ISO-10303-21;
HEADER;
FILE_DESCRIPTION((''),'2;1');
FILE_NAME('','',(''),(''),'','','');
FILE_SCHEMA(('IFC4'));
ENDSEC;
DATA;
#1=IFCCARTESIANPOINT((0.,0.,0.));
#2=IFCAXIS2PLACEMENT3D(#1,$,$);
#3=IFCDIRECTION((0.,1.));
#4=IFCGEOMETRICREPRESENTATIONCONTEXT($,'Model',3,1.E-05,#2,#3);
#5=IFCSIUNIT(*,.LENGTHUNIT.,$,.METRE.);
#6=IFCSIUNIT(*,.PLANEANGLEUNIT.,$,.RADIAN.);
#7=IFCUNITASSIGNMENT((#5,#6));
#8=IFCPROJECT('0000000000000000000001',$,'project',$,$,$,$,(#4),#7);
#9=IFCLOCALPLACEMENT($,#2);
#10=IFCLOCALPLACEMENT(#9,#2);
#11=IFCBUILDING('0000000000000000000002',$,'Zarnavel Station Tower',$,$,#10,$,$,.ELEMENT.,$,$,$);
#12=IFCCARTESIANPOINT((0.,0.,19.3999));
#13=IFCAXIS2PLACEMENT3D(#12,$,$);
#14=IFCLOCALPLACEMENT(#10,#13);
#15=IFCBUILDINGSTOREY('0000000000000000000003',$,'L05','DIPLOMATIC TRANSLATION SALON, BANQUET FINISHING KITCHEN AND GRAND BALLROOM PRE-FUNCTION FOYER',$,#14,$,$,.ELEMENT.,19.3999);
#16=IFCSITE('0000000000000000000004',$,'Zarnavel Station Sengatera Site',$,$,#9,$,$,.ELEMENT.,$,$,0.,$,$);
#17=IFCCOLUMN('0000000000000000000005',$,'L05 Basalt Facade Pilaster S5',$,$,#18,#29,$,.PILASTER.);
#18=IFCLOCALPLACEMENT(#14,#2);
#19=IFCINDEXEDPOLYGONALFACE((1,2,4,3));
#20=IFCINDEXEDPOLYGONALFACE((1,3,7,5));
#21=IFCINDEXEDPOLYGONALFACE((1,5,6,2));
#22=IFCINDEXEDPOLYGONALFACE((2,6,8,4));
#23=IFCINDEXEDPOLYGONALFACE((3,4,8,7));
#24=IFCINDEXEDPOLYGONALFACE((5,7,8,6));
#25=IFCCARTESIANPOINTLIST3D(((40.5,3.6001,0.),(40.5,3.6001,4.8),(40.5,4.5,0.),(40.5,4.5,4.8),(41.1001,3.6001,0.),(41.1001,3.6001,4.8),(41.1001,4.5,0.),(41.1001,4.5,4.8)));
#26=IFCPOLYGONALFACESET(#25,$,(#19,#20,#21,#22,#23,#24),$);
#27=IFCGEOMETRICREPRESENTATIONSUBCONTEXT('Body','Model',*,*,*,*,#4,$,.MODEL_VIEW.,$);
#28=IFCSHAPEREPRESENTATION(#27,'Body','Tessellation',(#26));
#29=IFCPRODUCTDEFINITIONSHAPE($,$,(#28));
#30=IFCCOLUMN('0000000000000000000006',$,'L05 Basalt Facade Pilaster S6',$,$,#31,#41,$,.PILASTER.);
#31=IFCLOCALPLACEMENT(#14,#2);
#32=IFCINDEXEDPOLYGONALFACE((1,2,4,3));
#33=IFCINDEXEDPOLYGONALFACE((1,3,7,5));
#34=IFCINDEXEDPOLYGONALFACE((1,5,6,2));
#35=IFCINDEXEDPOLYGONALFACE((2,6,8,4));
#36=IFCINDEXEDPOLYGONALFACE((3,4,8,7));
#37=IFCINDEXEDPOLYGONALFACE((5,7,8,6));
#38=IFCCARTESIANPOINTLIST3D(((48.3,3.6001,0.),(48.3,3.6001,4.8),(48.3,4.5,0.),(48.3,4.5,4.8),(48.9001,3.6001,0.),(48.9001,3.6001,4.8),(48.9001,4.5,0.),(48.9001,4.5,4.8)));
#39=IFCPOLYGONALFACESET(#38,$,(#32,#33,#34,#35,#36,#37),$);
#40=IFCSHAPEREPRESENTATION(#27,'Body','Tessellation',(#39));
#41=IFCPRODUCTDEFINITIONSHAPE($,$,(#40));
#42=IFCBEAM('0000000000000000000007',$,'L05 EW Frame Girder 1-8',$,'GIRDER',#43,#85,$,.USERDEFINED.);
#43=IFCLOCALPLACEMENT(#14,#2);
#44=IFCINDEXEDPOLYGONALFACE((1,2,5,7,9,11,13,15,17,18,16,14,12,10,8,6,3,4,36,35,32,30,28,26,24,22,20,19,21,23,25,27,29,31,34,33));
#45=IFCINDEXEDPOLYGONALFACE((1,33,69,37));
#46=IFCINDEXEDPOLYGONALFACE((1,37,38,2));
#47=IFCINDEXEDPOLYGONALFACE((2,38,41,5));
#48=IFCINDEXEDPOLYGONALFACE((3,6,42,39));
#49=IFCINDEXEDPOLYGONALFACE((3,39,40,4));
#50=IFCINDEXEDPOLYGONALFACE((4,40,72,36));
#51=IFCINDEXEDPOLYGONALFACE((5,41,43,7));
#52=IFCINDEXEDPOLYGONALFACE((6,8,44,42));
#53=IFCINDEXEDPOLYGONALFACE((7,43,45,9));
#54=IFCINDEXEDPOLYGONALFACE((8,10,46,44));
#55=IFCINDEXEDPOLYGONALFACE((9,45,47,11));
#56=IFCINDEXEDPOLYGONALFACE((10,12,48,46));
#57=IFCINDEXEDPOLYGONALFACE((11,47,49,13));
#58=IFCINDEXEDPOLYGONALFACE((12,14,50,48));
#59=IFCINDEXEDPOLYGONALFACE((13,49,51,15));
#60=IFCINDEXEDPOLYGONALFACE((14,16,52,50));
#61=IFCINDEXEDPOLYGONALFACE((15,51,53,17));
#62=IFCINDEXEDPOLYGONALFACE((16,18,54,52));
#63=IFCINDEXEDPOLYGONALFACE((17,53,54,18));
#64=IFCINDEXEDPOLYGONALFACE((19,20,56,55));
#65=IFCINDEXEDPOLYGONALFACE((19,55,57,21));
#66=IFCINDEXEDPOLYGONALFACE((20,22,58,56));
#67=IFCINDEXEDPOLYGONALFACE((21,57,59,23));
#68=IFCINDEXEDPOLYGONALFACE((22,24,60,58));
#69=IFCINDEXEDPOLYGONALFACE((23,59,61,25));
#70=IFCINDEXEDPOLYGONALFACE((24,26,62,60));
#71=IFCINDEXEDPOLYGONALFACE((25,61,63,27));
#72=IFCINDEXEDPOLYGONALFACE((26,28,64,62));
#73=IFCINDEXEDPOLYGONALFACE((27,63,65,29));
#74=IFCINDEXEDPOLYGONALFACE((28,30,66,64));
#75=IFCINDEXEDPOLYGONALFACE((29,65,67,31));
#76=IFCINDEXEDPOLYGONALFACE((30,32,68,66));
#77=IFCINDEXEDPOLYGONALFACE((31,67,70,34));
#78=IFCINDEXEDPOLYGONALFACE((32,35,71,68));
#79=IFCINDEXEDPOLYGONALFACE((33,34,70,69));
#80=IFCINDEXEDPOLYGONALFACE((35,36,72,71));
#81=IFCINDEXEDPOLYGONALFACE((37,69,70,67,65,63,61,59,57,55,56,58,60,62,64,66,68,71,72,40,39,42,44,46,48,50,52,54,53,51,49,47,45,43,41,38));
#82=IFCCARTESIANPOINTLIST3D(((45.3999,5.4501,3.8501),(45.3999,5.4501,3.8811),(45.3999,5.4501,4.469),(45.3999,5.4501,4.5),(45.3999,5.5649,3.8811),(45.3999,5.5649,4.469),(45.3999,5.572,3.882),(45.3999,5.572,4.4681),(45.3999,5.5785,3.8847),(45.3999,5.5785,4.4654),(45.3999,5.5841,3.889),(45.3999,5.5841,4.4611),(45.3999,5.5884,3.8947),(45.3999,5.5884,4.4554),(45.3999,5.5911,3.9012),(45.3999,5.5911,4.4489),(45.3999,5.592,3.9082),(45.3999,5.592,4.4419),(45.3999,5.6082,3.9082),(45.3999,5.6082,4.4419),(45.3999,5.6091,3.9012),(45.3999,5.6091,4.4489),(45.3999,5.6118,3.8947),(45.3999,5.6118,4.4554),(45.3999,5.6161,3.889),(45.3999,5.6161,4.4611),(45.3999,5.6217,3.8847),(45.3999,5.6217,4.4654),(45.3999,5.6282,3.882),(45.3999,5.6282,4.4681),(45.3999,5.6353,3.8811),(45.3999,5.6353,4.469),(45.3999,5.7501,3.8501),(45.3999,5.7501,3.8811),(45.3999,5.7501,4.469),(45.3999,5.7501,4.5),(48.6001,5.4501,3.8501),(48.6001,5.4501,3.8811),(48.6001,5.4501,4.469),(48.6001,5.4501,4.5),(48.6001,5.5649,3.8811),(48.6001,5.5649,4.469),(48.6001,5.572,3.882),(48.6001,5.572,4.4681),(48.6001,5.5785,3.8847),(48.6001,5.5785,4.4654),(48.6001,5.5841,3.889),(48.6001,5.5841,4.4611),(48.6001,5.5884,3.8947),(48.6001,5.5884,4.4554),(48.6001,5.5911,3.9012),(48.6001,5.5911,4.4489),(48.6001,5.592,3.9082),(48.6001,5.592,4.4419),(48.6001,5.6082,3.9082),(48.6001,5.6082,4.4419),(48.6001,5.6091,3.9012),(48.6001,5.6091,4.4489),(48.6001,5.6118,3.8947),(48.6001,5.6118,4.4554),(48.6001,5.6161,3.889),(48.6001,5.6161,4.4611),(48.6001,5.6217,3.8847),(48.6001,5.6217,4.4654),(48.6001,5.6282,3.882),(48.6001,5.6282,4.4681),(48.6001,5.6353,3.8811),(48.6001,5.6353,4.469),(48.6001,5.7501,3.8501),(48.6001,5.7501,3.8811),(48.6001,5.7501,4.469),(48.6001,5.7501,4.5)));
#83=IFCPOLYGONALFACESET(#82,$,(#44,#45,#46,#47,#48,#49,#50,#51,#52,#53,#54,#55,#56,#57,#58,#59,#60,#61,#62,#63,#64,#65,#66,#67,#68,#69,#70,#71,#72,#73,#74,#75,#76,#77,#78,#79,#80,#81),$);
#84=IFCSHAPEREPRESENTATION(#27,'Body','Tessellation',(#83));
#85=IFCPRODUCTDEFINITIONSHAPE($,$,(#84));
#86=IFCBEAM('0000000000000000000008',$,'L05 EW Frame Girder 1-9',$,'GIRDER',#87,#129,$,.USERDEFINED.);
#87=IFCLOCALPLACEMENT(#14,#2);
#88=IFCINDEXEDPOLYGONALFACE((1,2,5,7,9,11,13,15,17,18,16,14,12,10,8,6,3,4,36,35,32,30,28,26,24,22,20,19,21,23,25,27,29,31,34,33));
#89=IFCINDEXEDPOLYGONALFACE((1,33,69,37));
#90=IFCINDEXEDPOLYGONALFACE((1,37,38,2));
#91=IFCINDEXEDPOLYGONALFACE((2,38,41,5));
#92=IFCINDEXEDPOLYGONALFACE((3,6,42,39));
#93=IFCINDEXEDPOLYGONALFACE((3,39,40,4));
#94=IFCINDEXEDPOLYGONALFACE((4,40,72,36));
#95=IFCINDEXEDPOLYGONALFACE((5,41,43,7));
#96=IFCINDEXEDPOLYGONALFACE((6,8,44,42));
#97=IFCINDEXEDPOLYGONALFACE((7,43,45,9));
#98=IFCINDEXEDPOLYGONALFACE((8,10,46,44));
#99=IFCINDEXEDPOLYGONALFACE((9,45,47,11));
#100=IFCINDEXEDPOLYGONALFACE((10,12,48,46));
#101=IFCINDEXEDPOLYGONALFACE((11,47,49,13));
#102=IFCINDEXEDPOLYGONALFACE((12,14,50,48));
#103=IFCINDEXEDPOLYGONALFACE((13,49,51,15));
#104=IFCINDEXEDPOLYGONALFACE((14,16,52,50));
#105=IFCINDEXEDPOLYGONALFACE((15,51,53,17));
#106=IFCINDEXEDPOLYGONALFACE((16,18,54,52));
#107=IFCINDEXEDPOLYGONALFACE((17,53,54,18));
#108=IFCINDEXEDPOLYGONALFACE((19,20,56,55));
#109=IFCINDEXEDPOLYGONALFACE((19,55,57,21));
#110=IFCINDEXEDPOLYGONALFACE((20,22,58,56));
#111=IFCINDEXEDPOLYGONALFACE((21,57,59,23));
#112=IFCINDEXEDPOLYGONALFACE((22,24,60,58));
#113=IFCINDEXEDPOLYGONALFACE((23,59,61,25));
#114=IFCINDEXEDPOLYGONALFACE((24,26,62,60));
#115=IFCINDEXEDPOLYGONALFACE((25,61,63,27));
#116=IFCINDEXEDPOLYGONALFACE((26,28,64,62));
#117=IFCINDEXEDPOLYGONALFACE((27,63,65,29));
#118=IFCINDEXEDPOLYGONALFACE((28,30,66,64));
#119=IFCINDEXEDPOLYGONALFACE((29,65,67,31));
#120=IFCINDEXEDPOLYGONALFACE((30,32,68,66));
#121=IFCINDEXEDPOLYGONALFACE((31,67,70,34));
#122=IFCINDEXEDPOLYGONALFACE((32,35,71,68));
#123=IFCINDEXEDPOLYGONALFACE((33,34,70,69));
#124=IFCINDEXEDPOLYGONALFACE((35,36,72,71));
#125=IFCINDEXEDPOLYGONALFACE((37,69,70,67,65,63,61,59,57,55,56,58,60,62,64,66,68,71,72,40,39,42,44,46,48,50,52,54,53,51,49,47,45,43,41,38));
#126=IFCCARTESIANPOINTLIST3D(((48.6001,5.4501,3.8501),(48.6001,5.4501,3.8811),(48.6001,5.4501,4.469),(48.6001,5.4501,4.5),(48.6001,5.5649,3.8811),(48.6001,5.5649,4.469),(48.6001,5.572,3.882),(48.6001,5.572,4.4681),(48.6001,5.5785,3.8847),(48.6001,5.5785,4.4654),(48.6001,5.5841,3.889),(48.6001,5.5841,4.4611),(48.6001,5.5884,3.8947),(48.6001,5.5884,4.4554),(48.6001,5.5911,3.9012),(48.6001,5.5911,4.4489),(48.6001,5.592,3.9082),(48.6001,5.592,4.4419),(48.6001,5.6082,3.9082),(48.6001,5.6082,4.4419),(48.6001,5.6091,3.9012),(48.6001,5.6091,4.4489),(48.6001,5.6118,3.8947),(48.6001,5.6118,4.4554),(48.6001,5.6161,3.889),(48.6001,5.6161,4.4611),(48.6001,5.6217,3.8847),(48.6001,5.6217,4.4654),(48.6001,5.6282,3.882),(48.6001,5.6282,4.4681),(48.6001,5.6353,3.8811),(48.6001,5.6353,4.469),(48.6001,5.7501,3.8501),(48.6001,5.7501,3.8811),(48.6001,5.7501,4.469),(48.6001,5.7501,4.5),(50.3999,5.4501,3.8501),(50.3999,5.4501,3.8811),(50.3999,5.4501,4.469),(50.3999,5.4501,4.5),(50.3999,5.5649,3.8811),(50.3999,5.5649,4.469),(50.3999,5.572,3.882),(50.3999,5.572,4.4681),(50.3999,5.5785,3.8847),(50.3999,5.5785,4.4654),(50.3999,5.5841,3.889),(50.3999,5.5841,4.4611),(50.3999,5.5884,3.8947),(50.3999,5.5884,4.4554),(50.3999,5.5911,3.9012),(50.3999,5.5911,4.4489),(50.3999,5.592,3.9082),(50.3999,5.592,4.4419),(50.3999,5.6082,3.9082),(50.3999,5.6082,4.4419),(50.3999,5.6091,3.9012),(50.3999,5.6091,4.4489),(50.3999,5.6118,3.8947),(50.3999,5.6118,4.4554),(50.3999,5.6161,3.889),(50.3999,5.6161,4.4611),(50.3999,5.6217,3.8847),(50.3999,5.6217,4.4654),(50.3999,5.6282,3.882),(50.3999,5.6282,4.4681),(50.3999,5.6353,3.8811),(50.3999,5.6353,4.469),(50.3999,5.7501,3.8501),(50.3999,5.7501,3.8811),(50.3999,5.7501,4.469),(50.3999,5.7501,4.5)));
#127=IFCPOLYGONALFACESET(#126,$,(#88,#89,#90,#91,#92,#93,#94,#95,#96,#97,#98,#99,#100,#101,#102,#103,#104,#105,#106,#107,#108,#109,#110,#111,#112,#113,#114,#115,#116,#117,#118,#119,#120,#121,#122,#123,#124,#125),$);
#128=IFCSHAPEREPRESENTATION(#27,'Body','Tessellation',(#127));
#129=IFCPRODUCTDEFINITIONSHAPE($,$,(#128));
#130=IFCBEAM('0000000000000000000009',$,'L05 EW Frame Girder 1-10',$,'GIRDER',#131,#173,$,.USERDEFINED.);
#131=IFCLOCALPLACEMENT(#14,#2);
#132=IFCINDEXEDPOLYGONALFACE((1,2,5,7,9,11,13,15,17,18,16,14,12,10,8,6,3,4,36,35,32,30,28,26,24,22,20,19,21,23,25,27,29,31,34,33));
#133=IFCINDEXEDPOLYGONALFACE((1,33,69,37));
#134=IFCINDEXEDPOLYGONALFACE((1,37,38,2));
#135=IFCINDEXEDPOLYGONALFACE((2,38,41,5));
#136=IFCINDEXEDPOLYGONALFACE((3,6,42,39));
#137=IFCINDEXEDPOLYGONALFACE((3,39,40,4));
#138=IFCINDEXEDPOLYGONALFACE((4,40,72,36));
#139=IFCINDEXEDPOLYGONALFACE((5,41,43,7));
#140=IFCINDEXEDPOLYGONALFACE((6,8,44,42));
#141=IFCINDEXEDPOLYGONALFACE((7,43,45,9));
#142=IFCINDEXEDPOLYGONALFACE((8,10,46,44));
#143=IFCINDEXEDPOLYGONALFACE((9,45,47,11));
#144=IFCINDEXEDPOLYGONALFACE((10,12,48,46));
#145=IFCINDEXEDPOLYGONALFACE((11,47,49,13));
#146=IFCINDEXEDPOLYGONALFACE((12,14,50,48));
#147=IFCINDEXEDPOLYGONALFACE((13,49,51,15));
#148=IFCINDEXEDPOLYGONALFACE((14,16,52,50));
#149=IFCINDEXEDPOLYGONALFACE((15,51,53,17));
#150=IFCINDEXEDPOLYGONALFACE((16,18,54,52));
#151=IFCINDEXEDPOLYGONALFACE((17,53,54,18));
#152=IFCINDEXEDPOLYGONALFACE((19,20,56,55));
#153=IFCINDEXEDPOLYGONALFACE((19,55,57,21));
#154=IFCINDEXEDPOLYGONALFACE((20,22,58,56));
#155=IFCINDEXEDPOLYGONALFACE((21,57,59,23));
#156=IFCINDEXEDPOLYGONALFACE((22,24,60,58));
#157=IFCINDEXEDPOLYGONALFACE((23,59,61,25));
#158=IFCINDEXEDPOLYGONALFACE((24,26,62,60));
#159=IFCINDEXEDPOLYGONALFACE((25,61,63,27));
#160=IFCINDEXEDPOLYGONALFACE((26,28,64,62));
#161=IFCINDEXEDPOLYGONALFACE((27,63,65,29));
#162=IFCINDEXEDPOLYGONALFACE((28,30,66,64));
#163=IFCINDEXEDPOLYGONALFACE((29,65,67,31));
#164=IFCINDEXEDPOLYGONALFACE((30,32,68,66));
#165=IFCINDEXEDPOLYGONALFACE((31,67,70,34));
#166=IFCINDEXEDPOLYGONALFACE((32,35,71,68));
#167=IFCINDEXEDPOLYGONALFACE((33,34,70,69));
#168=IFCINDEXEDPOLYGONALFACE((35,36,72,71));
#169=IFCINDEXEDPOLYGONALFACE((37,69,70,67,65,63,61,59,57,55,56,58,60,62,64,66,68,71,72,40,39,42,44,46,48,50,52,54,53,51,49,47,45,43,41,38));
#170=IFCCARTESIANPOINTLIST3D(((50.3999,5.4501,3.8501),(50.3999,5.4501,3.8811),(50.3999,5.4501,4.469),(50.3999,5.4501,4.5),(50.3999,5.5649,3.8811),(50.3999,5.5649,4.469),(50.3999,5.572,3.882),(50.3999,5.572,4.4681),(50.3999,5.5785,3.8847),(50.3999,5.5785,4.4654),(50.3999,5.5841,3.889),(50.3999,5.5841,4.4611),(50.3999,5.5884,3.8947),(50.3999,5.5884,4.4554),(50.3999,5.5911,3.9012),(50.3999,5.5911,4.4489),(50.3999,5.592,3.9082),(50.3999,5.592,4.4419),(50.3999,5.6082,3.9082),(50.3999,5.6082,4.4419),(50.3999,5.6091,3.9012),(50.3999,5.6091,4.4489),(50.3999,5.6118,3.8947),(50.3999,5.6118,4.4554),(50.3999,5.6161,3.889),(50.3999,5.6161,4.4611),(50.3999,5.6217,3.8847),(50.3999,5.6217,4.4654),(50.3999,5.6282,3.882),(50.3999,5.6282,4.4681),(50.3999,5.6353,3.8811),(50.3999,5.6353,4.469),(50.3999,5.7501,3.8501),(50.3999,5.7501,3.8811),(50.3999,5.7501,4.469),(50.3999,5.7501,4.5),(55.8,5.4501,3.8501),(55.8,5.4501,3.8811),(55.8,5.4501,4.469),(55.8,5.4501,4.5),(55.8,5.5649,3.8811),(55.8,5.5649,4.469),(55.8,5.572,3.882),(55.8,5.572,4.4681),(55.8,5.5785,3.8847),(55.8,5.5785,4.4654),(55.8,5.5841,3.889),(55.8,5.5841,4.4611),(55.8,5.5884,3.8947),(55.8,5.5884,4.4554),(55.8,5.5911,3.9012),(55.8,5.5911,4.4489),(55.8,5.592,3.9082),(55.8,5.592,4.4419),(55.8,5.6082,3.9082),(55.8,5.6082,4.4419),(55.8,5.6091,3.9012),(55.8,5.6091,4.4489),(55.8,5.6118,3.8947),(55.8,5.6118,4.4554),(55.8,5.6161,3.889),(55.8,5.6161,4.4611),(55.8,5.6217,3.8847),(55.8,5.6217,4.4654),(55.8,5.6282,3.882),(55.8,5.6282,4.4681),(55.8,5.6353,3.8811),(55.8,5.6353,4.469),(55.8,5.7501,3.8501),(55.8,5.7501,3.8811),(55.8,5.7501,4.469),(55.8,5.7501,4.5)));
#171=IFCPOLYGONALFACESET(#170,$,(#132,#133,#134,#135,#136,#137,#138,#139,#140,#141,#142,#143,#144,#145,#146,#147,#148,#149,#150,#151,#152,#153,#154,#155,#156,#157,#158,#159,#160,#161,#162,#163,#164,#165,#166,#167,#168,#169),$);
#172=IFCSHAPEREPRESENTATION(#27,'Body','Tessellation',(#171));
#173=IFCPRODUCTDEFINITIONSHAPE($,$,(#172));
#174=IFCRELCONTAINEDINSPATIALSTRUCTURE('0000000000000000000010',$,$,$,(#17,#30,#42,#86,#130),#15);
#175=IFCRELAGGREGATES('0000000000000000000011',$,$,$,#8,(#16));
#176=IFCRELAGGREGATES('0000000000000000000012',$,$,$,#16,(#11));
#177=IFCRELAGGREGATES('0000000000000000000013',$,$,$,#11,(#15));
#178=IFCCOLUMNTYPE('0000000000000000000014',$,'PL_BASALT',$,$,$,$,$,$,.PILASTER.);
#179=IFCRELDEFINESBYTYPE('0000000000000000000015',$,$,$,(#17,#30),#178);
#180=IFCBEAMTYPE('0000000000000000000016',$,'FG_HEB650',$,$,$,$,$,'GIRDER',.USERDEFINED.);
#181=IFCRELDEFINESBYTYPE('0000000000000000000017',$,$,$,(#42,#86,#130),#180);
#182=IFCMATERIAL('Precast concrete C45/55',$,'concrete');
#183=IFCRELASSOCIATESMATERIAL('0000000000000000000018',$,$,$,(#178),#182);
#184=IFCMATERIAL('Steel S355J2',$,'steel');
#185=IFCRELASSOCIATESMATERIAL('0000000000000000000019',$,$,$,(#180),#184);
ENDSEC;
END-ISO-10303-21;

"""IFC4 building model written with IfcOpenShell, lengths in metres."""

from ifc_helpers import new_model, si_unit, direction, frame, origin, origin_2d, place, context, subcontext, project, spatial, rectangle, i_section, extrude, material, material_profile, profile_set, type_object, element, save


model = new_model("IFC4")

# Units and contexts
model_context = context("Model", 3, precision=1e-05, world=origin(), true_north=direction((0.0, 1.0)))
body_context = subcontext(model_context, "Body", "Model", "MODEL_VIEW")
ifc_project = project(units=[si_unit("LENGTHUNIT", "METRE"), si_unit("PLANEANGLEUNIT", "RADIAN")], contexts=[model_context])

# Site, building, storey
site_placement = place(None, origin())
site = spatial("IfcSite", under=ifc_project, at=site_placement, Name="Zarnavel Station Sengatera Site", CompositionType="ELEMENT", RefElevation=0.0)
building_placement = place(site_placement, origin())
building = spatial("IfcBuilding", under=site, at=building_placement, Name="Zarnavel Station Tower", CompositionType="ELEMENT")
storey_placement = place(building_placement, frame((0.0, 0.0, 19.3999)))
storey = spatial("IfcBuildingStorey", under=building, at=storey_placement, Name="L05", Description="DIPLOMATIC TRANSLATION SALON, BANQUET FINISHING KITCHEN AND GRAND BALLROOM PRE-FUNCTION FOYER", CompositionType="ELEMENT", Elevation=19.3999)

# Columns
ifc_material_1 = material(Name="Precast concrete C45/55", Category="concrete")
ifc_material_profile_1 = material_profile(ifc_material_1, rectangle(XDim=0.6001, YDim=0.8999, at=origin_2d()), Name="RC600x900")
ifc_profile_set_1 = profile_set([ifc_material_profile_1], Name="Precast concrete C45/55")
column_type_1 = type_object("IfcColumnType", Name="PL_BASALT", PredefinedType="PILASTER", material=ifc_profile_set_1)
for number, where, z_axis, x_axis, name in (
    (1, (40.8, 4.05, 0.0), (0.0, 0.0, 1.0), (1.0, 0.0, 0.0), "L05 Basalt Facade Pilaster S5"),
    (2, (48.6001, 4.05, 0.0), (0.0, 0.0, 1.0), (1.0, 0.0, 0.0), "L05 Basalt Facade Pilaster S6"),
):
    element("IfcColumn", number, at=place(storey_placement, frame(where, z_axis=z_axis, x_axis=x_axis)), inside=storey, type_object=column_type_1, Name=name, PredefinedType="PILASTER", context=body_context, shape_type="SweptSolid", body=[
        extrude(rectangle(XDim=0.6001, YDim=0.8999, at=origin_2d()), origin(), (0.0, 0.0, 1.0), 4.8),
    ])

# Beams
ifc_material_2 = material(Name="Steel S355J2", Category="steel")
ifc_material_profile_2 = material_profile(ifc_material_2, i_section(OverallWidth=0.3, OverallDepth=0.6499, WebThickness=0.0161, FlangeThickness=0.031, FilletRadius=0.0271, at=origin_2d()), Name="HEB650")
ifc_profile_set_2 = profile_set([ifc_material_profile_2], Name="Steel S355J2")
beam_type_1 = type_object("IfcBeamType", Name="FG_HEB650", ElementType="GIRDER", PredefinedType="USERDEFINED", material=ifc_profile_set_2)
beam_1_placement = place(storey_placement, frame((45.3999, 5.6001, 4.175), z_axis=(1.0, 0.0, 0.0), x_axis=(0.0, 1.0, 0.0)))
element("IfcBeam", 3, at=beam_1_placement, inside=storey, type_object=beam_type_1, Name="L05 EW Frame Girder 1-8", ObjectType="GIRDER", PredefinedType="USERDEFINED", context=body_context, shape_type="SweptSolid", body=[
    extrude(i_section(OverallWidth=0.3, OverallDepth=0.6499, WebThickness=0.0161, FlangeThickness=0.031, FilletRadius=0.0271, at=origin_2d()), origin(), (0.0, 0.0, 1.0), 3.2002),
])
beam_2_placement = place(storey_placement, frame((48.6001, 5.6001, 4.175), z_axis=(1.0, 0.0, 0.0), x_axis=(0.0, 1.0, 0.0)))
element("IfcBeam", 4, at=beam_2_placement, inside=storey, type_object=beam_type_1, Name="L05 EW Frame Girder 1-9", ObjectType="GIRDER", PredefinedType="USERDEFINED", context=body_context, shape_type="SweptSolid", body=[
    extrude(i_section(OverallWidth=0.3, OverallDepth=0.6499, WebThickness=0.0161, FlangeThickness=0.031, FilletRadius=0.0271, at=origin_2d()), origin(), (0.0, 0.0, 1.0), 1.7998),
])
beam_3_placement = place(storey_placement, frame((50.3999, 5.6001, 4.175), z_axis=(1.0, 0.0, 0.0), x_axis=(0.0, 1.0, 0.0)))
element("IfcBeam", 5, at=beam_3_placement, inside=storey, type_object=beam_type_1, Name="L05 EW Frame Girder 1-10", ObjectType="GIRDER", PredefinedType="USERDEFINED", context=body_context, shape_type="SweptSolid", body=[
    extrude(i_section(OverallWidth=0.3, OverallDepth=0.6499, WebThickness=0.0161, FlangeThickness=0.031, FilletRadius=0.0271, at=origin_2d()), origin(), (0.0, 0.0, 1.0), 5.4001),
])

save(model, "model.ifc")
